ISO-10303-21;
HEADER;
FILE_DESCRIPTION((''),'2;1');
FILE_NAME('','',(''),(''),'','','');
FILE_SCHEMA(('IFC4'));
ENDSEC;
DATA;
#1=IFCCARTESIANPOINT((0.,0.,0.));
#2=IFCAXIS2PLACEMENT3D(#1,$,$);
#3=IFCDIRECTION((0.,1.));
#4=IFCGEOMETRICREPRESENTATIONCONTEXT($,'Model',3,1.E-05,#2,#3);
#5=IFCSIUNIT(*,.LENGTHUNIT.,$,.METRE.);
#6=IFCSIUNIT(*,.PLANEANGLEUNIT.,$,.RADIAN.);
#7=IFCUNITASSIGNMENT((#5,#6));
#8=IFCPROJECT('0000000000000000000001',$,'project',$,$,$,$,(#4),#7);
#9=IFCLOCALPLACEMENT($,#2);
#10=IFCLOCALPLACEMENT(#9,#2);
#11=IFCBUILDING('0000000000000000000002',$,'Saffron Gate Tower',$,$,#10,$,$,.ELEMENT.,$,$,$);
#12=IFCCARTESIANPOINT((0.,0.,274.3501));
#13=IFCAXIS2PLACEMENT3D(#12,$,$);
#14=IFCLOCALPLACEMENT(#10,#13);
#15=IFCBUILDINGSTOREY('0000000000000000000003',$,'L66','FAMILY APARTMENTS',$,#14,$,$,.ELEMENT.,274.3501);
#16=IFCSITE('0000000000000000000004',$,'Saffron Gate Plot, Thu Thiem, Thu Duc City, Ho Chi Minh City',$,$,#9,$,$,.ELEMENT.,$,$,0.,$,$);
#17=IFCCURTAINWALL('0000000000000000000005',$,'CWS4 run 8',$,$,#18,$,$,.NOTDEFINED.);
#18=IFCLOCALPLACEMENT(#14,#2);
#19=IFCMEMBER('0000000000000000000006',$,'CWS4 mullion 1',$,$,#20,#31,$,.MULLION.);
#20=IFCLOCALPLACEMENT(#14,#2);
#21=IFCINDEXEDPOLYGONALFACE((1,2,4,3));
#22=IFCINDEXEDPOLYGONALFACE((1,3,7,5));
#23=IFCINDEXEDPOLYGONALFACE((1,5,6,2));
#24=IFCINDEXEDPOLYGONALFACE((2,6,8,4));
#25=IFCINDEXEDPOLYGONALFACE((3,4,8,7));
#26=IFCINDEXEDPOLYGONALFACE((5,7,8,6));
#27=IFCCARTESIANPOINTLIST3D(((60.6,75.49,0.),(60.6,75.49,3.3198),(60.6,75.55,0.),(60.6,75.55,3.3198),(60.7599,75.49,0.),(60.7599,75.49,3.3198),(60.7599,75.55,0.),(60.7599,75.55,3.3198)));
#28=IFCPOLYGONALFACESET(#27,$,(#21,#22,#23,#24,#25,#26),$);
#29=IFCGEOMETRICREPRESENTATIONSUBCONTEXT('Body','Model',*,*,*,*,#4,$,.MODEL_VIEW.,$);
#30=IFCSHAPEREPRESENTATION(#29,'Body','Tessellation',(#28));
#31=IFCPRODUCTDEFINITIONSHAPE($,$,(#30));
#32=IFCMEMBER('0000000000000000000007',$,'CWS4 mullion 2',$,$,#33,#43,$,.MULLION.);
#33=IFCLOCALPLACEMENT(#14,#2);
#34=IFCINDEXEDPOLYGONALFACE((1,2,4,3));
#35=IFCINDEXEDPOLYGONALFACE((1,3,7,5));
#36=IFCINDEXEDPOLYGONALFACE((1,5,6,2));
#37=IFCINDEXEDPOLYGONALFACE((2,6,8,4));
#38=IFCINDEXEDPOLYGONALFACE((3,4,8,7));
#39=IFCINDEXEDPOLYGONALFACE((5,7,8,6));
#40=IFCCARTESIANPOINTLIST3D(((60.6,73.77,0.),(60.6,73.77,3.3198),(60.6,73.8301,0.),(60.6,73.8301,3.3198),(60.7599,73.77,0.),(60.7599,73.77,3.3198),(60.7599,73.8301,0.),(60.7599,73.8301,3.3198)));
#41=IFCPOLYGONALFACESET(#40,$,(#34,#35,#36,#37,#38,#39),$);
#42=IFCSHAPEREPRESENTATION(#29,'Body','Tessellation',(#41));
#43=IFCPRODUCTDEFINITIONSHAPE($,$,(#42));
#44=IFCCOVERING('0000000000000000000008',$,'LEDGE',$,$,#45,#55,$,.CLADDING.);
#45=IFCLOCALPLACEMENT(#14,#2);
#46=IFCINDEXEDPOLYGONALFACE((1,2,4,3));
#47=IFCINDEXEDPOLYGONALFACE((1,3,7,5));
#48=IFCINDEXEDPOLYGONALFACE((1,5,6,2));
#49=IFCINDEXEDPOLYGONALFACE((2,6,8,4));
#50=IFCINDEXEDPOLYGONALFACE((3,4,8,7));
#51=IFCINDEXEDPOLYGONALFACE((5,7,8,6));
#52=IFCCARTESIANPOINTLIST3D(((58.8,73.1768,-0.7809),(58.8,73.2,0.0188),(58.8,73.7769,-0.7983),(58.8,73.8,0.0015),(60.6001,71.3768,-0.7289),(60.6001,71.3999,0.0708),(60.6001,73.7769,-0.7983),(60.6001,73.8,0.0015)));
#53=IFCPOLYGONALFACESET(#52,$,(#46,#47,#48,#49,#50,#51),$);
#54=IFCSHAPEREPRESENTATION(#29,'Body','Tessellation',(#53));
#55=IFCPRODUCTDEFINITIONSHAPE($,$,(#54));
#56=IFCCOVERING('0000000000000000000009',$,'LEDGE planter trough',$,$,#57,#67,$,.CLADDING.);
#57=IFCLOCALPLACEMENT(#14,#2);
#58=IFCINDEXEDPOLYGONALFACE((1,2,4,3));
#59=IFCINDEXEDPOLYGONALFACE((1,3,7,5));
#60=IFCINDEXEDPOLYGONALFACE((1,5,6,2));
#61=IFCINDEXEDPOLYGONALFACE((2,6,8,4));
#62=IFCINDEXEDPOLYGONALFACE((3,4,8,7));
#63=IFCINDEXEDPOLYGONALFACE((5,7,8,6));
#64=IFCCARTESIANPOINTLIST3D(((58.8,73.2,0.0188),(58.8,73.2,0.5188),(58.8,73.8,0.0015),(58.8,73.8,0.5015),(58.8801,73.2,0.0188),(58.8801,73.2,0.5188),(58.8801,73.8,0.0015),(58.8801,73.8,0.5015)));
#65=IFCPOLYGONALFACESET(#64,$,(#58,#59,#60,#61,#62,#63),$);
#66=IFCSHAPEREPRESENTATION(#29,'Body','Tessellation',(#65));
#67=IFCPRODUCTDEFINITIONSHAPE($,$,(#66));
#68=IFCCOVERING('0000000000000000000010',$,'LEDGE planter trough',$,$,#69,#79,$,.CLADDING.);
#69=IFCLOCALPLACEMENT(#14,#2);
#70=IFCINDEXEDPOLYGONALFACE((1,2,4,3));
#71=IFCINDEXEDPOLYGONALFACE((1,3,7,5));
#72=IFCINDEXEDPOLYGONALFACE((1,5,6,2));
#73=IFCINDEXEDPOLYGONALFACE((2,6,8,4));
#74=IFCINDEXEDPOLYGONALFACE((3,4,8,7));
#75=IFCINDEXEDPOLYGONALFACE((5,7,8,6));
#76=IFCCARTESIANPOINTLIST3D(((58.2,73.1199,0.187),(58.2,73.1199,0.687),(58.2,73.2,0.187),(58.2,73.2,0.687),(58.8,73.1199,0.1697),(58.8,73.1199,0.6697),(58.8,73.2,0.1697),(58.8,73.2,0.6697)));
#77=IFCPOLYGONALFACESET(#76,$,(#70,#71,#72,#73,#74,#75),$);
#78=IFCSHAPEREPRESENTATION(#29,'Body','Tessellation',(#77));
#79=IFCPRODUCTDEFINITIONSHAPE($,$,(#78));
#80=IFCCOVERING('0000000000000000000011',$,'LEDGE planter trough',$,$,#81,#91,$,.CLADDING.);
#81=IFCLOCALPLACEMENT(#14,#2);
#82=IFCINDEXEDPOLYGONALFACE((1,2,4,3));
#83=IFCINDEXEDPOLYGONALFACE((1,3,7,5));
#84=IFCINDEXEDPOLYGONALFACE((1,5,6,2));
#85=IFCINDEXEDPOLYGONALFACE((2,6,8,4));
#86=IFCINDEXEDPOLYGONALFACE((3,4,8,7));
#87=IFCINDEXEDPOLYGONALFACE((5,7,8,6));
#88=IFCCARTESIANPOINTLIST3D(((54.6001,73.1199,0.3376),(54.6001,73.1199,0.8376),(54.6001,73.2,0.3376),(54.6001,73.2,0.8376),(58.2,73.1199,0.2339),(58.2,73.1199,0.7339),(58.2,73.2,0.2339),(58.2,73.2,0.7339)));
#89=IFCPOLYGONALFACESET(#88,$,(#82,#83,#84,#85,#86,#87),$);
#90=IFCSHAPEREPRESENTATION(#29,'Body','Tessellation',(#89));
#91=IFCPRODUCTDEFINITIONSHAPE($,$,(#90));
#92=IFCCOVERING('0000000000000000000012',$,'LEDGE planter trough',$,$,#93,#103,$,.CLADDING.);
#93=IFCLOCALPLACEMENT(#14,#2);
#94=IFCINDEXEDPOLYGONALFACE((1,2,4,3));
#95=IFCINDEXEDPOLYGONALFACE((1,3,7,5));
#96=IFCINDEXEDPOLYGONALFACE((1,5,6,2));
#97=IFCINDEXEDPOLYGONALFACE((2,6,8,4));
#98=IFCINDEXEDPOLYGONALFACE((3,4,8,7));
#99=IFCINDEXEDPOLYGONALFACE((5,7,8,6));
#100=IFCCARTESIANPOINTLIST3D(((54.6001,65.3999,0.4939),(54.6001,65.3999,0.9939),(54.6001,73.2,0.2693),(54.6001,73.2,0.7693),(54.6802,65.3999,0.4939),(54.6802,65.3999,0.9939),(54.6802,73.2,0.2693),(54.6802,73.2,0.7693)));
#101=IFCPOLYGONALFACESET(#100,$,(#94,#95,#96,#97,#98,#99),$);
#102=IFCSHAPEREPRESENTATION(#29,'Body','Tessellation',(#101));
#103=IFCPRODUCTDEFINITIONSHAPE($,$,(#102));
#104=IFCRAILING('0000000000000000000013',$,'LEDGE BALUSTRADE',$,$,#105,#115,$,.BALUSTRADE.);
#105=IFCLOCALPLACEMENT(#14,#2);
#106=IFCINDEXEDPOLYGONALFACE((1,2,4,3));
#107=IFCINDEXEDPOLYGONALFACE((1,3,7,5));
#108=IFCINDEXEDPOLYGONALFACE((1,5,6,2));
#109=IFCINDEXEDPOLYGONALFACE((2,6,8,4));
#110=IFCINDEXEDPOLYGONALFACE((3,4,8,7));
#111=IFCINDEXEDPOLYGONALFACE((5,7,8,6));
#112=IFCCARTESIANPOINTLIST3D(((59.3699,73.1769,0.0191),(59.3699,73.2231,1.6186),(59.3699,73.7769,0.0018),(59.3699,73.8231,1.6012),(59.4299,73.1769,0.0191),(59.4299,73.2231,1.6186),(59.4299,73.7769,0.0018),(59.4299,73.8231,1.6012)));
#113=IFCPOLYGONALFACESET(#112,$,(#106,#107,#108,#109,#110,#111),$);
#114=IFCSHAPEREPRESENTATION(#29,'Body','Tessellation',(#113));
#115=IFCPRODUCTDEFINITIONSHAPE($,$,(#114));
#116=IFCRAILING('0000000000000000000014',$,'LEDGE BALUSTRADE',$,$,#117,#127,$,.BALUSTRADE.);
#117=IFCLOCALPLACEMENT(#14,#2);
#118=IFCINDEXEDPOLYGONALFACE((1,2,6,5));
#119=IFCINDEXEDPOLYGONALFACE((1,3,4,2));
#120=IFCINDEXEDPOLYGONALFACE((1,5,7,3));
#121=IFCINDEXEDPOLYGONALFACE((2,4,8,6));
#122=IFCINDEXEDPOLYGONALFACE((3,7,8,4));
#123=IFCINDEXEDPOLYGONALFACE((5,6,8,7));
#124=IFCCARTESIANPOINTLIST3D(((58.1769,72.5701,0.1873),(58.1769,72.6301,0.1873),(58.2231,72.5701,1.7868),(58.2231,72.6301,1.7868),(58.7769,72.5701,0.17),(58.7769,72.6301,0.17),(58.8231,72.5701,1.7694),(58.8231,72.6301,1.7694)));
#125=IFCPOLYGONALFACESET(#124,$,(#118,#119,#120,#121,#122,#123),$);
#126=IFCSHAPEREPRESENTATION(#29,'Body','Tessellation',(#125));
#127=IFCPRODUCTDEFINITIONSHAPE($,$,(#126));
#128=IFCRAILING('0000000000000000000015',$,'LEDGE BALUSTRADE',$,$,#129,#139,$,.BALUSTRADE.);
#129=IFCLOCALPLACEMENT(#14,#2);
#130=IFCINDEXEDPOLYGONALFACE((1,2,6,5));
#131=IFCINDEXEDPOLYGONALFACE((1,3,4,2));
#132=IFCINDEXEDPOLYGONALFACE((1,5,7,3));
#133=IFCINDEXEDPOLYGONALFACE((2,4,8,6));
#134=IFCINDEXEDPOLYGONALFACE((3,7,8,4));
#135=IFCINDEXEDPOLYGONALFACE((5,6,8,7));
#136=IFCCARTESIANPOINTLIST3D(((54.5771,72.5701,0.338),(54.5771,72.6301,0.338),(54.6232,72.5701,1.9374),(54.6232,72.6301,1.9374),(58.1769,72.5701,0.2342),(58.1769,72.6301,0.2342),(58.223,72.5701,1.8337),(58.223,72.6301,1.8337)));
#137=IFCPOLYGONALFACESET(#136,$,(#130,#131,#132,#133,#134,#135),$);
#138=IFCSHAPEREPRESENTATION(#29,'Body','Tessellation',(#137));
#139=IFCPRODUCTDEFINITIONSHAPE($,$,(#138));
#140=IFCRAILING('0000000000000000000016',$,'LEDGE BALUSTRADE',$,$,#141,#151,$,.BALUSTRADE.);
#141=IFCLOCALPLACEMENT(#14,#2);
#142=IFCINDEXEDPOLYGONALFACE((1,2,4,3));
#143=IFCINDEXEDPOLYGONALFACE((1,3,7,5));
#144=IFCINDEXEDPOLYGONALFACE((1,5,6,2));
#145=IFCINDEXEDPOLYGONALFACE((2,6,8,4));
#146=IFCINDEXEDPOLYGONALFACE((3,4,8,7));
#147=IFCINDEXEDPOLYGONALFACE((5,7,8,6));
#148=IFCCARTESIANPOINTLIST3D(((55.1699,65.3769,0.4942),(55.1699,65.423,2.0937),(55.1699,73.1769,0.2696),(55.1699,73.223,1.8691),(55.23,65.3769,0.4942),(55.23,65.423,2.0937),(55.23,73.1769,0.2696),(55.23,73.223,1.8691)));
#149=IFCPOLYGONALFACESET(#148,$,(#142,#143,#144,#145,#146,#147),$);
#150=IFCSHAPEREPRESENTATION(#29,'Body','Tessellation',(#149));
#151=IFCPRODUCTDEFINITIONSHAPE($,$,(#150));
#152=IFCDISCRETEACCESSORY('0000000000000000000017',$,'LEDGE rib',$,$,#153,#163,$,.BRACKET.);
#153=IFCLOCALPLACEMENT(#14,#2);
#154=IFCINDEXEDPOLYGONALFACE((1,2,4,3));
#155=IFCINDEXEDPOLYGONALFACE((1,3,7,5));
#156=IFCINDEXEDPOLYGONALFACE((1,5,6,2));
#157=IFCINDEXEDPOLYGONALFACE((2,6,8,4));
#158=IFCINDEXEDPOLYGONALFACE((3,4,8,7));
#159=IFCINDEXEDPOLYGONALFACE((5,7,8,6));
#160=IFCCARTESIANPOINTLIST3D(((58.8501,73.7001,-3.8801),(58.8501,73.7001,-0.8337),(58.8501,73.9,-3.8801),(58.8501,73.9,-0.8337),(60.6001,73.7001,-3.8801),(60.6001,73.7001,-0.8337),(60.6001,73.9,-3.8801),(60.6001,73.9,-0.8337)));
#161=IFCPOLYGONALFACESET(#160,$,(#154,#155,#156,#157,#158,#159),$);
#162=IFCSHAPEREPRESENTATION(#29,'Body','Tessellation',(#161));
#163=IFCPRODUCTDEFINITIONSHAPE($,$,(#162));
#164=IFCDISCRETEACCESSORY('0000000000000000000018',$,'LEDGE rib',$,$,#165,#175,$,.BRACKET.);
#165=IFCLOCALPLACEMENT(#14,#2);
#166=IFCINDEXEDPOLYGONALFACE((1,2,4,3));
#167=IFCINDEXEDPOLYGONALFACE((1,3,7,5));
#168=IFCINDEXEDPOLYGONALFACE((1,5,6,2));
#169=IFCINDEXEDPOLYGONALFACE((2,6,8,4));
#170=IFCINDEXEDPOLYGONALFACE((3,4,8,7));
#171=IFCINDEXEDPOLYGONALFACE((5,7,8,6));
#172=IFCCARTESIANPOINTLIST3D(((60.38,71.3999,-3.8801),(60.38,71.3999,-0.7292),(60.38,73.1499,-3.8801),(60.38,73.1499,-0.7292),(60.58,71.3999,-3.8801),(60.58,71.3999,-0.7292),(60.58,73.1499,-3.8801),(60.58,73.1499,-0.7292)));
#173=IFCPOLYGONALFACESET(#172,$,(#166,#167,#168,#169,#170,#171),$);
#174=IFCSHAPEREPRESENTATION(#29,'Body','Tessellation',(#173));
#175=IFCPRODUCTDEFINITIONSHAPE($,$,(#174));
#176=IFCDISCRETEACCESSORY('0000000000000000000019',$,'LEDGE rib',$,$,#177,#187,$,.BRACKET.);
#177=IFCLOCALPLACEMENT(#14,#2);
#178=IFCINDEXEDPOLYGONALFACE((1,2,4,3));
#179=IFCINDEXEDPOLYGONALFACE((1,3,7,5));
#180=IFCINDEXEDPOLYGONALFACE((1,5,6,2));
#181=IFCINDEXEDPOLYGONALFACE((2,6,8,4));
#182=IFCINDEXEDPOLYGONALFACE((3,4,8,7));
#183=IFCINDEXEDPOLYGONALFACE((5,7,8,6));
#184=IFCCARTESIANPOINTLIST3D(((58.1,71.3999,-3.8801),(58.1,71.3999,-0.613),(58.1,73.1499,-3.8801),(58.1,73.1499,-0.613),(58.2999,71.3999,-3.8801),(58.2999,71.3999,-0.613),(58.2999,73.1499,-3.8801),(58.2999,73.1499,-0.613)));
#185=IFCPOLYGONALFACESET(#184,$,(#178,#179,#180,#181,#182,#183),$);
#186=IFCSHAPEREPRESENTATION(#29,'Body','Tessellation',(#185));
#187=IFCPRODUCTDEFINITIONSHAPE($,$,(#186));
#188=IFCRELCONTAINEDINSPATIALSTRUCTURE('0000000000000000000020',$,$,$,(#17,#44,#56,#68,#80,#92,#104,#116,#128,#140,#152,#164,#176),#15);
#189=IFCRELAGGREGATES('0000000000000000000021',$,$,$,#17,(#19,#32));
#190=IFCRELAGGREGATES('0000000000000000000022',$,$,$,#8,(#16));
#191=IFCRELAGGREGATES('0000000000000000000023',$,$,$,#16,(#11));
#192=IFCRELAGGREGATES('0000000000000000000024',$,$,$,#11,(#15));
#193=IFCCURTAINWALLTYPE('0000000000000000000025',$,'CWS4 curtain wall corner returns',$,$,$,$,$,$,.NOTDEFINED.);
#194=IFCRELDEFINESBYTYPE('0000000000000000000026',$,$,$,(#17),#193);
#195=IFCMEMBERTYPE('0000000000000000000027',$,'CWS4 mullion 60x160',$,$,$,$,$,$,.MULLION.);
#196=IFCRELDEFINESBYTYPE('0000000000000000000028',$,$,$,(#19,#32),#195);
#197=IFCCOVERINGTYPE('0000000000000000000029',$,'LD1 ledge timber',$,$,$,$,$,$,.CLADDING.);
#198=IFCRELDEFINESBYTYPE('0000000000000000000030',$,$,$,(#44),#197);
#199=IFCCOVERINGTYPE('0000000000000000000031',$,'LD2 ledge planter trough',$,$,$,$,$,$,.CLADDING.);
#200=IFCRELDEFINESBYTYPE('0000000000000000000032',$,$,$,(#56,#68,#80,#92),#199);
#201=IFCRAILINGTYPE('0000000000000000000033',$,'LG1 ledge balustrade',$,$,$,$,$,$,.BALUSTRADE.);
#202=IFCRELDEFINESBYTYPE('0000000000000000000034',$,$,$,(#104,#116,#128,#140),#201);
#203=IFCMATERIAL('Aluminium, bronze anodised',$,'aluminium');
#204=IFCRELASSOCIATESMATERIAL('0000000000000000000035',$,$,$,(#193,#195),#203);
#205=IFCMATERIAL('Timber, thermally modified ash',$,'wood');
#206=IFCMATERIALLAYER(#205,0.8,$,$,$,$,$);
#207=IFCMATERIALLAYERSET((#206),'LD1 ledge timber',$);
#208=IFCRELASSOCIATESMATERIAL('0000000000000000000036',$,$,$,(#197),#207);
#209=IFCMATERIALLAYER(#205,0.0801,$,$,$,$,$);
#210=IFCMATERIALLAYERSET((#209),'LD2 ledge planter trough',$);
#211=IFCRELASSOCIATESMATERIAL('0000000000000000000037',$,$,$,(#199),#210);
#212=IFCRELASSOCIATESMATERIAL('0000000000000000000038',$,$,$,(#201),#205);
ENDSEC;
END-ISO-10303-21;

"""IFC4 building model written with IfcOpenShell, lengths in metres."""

from ifc_helpers import new_model, si_unit, direction, frame, origin, origin_2d, place, context, subcontext, project, spatial, polyline, rectangle, outline, extrude, material, layer, layer_set, material_profile, profile_set, type_object, element, aggregate, save


model = new_model("IFC4")

# Units and contexts
model_context = context("Model", 3, precision=1e-05, world=origin(), true_north=direction((0.0, 1.0)))
body_context = subcontext(model_context, "Body", "Model", "MODEL_VIEW")
ifc_project = project(units=[si_unit("LENGTHUNIT", "METRE"), si_unit("PLANEANGLEUNIT", "RADIAN")], contexts=[model_context])

# Site, building, storey
site_placement = place(None, origin())
site = spatial("IfcSite", under=ifc_project, at=site_placement, Name="Saffron Gate Plot, Thu Thiem, Thu Duc City, Ho Chi Minh City", CompositionType="ELEMENT", RefElevation=0.0)
building_placement = place(site_placement, origin())
building = spatial("IfcBuilding", under=site, at=building_placement, Name="Saffron Gate Tower", CompositionType="ELEMENT")
storey_placement = place(building_placement, frame((0.0, 0.0, 274.3501)))
storey = spatial("IfcBuildingStorey", under=building, at=storey_placement, Name="L66", Description="FAMILY APARTMENTS", CompositionType="ELEMENT", Elevation=274.3501)

# Curtain wall, members
ifc_material_1 = material(Name="Aluminium, bronze anodised", Category="aluminium")
curtain_wall_type = type_object("IfcCurtainWallType", Name="CWS4 curtain wall corner returns", PredefinedType="NOTDEFINED", material=ifc_material_1)
curtain_wall_placement = place(storey_placement, origin())
curtain_wall = element("IfcCurtainWall", 1, at=curtain_wall_placement, inside=storey, type_object=curtain_wall_type, Name="CWS4 run 8", PredefinedType="NOTDEFINED")
ifc_material_profile = material_profile(ifc_material_1, rectangle(XDim=0.1599, YDim=0.0601, at=origin_2d()))
ifc_profile_set = profile_set([ifc_material_profile], Name="Aluminium, bronze anodised")
member_type = type_object("IfcMemberType", Name="CWS4 mullion 60x160", PredefinedType="MULLION", material=ifc_profile_set)
member_1_placement = place(storey_placement, frame((60.6799, 75.52, 0.0), z_axis=(0.0, 0.0, 1.0), x_axis=(1.0, 0.0, 0.0)))
member_1 = element("IfcMember", 2, at=member_1_placement, type_object=member_type, Name="CWS4 mullion 1", PredefinedType="MULLION", context=body_context, shape_type="SweptSolid", body=[
    extrude(rectangle(XDim=0.1599, YDim=0.0601, at=origin_2d()), origin(), (0.0, 0.0, 1.0), 3.3198),
])
member_2_placement = place(storey_placement, frame((60.6799, 73.8, 0.0), z_axis=(0.0, 0.0, 1.0), x_axis=(1.0, 0.0, 0.0)))
member_2 = element("IfcMember", 3, at=member_2_placement, type_object=member_type, Name="CWS4 mullion 2", PredefinedType="MULLION", context=body_context, shape_type="SweptSolid", body=[
    extrude(rectangle(XDim=0.1599, YDim=0.0601, at=origin_2d()), origin(), (0.0, 0.0, 1.0), 3.3198),
])
aggregate(curtain_wall, [member_1, member_2])

# Coverings
ifc_material_2 = material(Name="Timber, thermally modified ash", Category="wood")
ifc_layer_1 = layer(ifc_material_2, 0.8)
ifc_layer_set_1 = layer_set([ifc_layer_1], Name="LD1 ledge timber")
covering_type_1 = type_object("IfcCoveringType", Name="LD1 ledge timber", PredefinedType="CLADDING", material=ifc_layer_set_1)
covering_1_placement = place(storey_placement, frame((60.6001, 73.8, 0.0015), z_axis=(-0.000001, 0.028876, 0.999583), x_axis=(0.0, -0.999583, 0.028876)))
element("IfcCovering", 4, at=covering_1_placement, inside=storey, type_object=covering_type_1, Name="LEDGE", PredefinedType="CLADDING", context=body_context, shape_type="SweptSolid", body=[
    extrude(outline(polyline([(0.0, 0.0), (2.4011, 0.0), (0.6003, -1.8), (0.0, -1.8), (0.0, 0.0)])), origin(), (0.0, 0.0, -1.0), 0.8),
])
ifc_layer_2 = layer(ifc_material_2, 0.0801)
ifc_layer_set_2 = layer_set([ifc_layer_2], Name="LD2 ledge planter trough")
covering_type_2 = type_object("IfcCoveringType", Name="LD2 ledge planter trough", PredefinedType="CLADDING", material=ifc_layer_set_2)
for number, where, z_axis, x_axis, name in (
    (5, (58.8, 73.8, 0.0015), (-1.0, 0.0, 0.0), (0.0, -0.999583, 0.028873), "LEDGE planter trough"),
    (6, (58.8, 73.2, 0.1697), (0.0, 1.0, 0.0), (-0.999583, 0.0, 0.028873), "LEDGE planter trough"),
):
    element("IfcCovering", number, at=place(storey_placement, frame(where, z_axis=z_axis, x_axis=x_axis)), inside=storey, type_object=covering_type_2, Name=name, PredefinedType="CLADDING", context=body_context, shape_type="SweptSolid", body=[
        extrude(outline(polyline([(0.0, 0.0), (0.6003, 0.0), (0.6148, 0.4998), (0.0144, 0.4998), (0.0, 0.0)])), origin(), (0.0, 0.0, -1.0), 0.0801),
    ])
covering_2_placement = place(storey_placement, frame((58.2, 73.2, 0.2339), z_axis=(0.0, 1.0, 0.0), x_axis=(-0.999585, 0.0, 0.028811)))
element("IfcCovering", 7, at=covering_2_placement, inside=storey, type_object=covering_type_2, Name="LEDGE planter trough", PredefinedType="CLADDING", context=body_context, shape_type="SweptSolid", body=[
    extrude(outline(polyline([(0.0, 0.0), (3.6013, 0.0), (3.6158, 0.4998), (0.0144, 0.4998), (0.0, 0.0)])), origin(), (0.0, 0.0, -1.0), 0.0801),
])
covering_3_placement = place(storey_placement, frame((54.6001, 73.2, 0.2693), z_axis=(-1.0, 0.0, 0.0), x_axis=(0.0, -0.999586, 0.028784)))
element("IfcCovering", 8, at=covering_3_placement, inside=storey, type_object=covering_type_2, Name="LEDGE planter trough", PredefinedType="CLADDING", context=body_context, shape_type="SweptSolid", body=[
    extrude(outline(polyline([(0.0, 0.0), (7.8033, 0.0), (7.8177, 0.4998), (0.0144, 0.4998), (0.0, 0.0)])), origin(), (0.0, 0.0, -1.0), 0.0801),
])

# Railings
railing_type = type_object("IfcRailingType", Name="LG1 ledge balustrade", PredefinedType="BALUSTRADE", material=ifc_material_2)
railing_1_placement = place(storey_placement, frame((59.3999, 73.8, 0.0015)))
element("IfcRailing", 9, at=railing_1_placement, inside=storey, type_object=railing_type, Name="LEDGE BALUSTRADE", PredefinedType="BALUSTRADE", context=body_context, shape_type="SweptSolid", body=[
    extrude(rectangle(XDim=0.0601, YDim=1.6001, at=origin_2d()), frame((0.0, 0.0, 0.8), z_axis=(0.0, -0.999583, 0.028873), x_axis=(1.0, 0.0, 0.0)), (0.0, 0.0, 1.0), 0.6003),
])
railing_2_placement = place(storey_placement, frame((58.8, 72.6001, 0.1697)))
element("IfcRailing", 10, at=railing_2_placement, inside=storey, type_object=railing_type, Name="LEDGE BALUSTRADE", PredefinedType="BALUSTRADE", context=body_context, shape_type="SweptSolid", body=[
    extrude(rectangle(XDim=0.0601, YDim=1.6001, at=origin_2d()), frame((0.0, 0.0, 0.8), z_axis=(-0.999583, 0.0, 0.028873), x_axis=(0.0, -1.0, 0.0)), (0.0, 0.0, 1.0), 0.6003),
])
railing_3_placement = place(storey_placement, frame((58.2, 72.6001, 0.2339)))
element("IfcRailing", 11, at=railing_3_placement, inside=storey, type_object=railing_type, Name="LEDGE BALUSTRADE", PredefinedType="BALUSTRADE", context=body_context, shape_type="SweptSolid", body=[
    extrude(rectangle(XDim=0.0601, YDim=1.6001, at=origin_2d()), frame((0.0, 0.0, 0.8), z_axis=(-0.999585, 0.0, 0.028811), x_axis=(0.0, -1.0, 0.0)), (0.0, 0.0, 1.0), 3.6013),
])
railing_4_placement = place(storey_placement, frame((55.2, 73.2, 0.2693)))
element("IfcRailing", 12, at=railing_4_placement, inside=storey, type_object=railing_type, Name="LEDGE BALUSTRADE", PredefinedType="BALUSTRADE", context=body_context, shape_type="SweptSolid", body=[
    extrude(rectangle(XDim=0.0601, YDim=1.6001, at=origin_2d()), frame((0.0, 0.0, 0.8), z_axis=(0.0, -0.999586, 0.028784), x_axis=(1.0, 0.0, 0.0)), (0.0, 0.0, 1.0), 7.8032),
])

# Discrete accessories
discrete_accessory_1_placement = place(storey_placement, frame((59.7251, 73.8, -3.8801), z_axis=(0.0, 0.0, 1.0), x_axis=(0.0, -1.0, 0.0)))
element("IfcDiscreteAccessory", 13, at=discrete_accessory_1_placement, inside=storey, Name="LEDGE rib", PredefinedType="BRACKET", context=body_context, shape_type="SweptSolid", body=[
    extrude(rectangle(XDim=0.2, YDim=1.75, at=origin_2d()), origin(), (0.0, 0.0, 1.0), 3.0464),
])
discrete_accessory_2_placement = place(storey_placement, frame((60.48, 72.2749, -3.8801), z_axis=(0.0, 0.0, 1.0), x_axis=(-1.0, 0.0, 0.0)))
element("IfcDiscreteAccessory", 14, at=discrete_accessory_2_placement, inside=storey, Name="LEDGE rib", PredefinedType="BRACKET", context=body_context, shape_type="SweptSolid", body=[
    extrude(rectangle(XDim=0.2, YDim=1.75, at=origin_2d()), origin(), (0.0, 0.0, 1.0), 3.1509),
])
discrete_accessory_3_placement = place(storey_placement, frame((58.2, 72.2749, -3.8801), z_axis=(0.0, 0.0, 1.0), x_axis=(-1.0, 0.0, 0.0)))
element("IfcDiscreteAccessory", 15, at=discrete_accessory_3_placement, inside=storey, Name="LEDGE rib", PredefinedType="BRACKET", context=body_context, shape_type="SweptSolid", body=[
    extrude(rectangle(XDim=0.2, YDim=1.75, at=origin_2d()), origin(), (0.0, 0.0, 1.0), 3.2671),
])

save(model, "model.ifc")
